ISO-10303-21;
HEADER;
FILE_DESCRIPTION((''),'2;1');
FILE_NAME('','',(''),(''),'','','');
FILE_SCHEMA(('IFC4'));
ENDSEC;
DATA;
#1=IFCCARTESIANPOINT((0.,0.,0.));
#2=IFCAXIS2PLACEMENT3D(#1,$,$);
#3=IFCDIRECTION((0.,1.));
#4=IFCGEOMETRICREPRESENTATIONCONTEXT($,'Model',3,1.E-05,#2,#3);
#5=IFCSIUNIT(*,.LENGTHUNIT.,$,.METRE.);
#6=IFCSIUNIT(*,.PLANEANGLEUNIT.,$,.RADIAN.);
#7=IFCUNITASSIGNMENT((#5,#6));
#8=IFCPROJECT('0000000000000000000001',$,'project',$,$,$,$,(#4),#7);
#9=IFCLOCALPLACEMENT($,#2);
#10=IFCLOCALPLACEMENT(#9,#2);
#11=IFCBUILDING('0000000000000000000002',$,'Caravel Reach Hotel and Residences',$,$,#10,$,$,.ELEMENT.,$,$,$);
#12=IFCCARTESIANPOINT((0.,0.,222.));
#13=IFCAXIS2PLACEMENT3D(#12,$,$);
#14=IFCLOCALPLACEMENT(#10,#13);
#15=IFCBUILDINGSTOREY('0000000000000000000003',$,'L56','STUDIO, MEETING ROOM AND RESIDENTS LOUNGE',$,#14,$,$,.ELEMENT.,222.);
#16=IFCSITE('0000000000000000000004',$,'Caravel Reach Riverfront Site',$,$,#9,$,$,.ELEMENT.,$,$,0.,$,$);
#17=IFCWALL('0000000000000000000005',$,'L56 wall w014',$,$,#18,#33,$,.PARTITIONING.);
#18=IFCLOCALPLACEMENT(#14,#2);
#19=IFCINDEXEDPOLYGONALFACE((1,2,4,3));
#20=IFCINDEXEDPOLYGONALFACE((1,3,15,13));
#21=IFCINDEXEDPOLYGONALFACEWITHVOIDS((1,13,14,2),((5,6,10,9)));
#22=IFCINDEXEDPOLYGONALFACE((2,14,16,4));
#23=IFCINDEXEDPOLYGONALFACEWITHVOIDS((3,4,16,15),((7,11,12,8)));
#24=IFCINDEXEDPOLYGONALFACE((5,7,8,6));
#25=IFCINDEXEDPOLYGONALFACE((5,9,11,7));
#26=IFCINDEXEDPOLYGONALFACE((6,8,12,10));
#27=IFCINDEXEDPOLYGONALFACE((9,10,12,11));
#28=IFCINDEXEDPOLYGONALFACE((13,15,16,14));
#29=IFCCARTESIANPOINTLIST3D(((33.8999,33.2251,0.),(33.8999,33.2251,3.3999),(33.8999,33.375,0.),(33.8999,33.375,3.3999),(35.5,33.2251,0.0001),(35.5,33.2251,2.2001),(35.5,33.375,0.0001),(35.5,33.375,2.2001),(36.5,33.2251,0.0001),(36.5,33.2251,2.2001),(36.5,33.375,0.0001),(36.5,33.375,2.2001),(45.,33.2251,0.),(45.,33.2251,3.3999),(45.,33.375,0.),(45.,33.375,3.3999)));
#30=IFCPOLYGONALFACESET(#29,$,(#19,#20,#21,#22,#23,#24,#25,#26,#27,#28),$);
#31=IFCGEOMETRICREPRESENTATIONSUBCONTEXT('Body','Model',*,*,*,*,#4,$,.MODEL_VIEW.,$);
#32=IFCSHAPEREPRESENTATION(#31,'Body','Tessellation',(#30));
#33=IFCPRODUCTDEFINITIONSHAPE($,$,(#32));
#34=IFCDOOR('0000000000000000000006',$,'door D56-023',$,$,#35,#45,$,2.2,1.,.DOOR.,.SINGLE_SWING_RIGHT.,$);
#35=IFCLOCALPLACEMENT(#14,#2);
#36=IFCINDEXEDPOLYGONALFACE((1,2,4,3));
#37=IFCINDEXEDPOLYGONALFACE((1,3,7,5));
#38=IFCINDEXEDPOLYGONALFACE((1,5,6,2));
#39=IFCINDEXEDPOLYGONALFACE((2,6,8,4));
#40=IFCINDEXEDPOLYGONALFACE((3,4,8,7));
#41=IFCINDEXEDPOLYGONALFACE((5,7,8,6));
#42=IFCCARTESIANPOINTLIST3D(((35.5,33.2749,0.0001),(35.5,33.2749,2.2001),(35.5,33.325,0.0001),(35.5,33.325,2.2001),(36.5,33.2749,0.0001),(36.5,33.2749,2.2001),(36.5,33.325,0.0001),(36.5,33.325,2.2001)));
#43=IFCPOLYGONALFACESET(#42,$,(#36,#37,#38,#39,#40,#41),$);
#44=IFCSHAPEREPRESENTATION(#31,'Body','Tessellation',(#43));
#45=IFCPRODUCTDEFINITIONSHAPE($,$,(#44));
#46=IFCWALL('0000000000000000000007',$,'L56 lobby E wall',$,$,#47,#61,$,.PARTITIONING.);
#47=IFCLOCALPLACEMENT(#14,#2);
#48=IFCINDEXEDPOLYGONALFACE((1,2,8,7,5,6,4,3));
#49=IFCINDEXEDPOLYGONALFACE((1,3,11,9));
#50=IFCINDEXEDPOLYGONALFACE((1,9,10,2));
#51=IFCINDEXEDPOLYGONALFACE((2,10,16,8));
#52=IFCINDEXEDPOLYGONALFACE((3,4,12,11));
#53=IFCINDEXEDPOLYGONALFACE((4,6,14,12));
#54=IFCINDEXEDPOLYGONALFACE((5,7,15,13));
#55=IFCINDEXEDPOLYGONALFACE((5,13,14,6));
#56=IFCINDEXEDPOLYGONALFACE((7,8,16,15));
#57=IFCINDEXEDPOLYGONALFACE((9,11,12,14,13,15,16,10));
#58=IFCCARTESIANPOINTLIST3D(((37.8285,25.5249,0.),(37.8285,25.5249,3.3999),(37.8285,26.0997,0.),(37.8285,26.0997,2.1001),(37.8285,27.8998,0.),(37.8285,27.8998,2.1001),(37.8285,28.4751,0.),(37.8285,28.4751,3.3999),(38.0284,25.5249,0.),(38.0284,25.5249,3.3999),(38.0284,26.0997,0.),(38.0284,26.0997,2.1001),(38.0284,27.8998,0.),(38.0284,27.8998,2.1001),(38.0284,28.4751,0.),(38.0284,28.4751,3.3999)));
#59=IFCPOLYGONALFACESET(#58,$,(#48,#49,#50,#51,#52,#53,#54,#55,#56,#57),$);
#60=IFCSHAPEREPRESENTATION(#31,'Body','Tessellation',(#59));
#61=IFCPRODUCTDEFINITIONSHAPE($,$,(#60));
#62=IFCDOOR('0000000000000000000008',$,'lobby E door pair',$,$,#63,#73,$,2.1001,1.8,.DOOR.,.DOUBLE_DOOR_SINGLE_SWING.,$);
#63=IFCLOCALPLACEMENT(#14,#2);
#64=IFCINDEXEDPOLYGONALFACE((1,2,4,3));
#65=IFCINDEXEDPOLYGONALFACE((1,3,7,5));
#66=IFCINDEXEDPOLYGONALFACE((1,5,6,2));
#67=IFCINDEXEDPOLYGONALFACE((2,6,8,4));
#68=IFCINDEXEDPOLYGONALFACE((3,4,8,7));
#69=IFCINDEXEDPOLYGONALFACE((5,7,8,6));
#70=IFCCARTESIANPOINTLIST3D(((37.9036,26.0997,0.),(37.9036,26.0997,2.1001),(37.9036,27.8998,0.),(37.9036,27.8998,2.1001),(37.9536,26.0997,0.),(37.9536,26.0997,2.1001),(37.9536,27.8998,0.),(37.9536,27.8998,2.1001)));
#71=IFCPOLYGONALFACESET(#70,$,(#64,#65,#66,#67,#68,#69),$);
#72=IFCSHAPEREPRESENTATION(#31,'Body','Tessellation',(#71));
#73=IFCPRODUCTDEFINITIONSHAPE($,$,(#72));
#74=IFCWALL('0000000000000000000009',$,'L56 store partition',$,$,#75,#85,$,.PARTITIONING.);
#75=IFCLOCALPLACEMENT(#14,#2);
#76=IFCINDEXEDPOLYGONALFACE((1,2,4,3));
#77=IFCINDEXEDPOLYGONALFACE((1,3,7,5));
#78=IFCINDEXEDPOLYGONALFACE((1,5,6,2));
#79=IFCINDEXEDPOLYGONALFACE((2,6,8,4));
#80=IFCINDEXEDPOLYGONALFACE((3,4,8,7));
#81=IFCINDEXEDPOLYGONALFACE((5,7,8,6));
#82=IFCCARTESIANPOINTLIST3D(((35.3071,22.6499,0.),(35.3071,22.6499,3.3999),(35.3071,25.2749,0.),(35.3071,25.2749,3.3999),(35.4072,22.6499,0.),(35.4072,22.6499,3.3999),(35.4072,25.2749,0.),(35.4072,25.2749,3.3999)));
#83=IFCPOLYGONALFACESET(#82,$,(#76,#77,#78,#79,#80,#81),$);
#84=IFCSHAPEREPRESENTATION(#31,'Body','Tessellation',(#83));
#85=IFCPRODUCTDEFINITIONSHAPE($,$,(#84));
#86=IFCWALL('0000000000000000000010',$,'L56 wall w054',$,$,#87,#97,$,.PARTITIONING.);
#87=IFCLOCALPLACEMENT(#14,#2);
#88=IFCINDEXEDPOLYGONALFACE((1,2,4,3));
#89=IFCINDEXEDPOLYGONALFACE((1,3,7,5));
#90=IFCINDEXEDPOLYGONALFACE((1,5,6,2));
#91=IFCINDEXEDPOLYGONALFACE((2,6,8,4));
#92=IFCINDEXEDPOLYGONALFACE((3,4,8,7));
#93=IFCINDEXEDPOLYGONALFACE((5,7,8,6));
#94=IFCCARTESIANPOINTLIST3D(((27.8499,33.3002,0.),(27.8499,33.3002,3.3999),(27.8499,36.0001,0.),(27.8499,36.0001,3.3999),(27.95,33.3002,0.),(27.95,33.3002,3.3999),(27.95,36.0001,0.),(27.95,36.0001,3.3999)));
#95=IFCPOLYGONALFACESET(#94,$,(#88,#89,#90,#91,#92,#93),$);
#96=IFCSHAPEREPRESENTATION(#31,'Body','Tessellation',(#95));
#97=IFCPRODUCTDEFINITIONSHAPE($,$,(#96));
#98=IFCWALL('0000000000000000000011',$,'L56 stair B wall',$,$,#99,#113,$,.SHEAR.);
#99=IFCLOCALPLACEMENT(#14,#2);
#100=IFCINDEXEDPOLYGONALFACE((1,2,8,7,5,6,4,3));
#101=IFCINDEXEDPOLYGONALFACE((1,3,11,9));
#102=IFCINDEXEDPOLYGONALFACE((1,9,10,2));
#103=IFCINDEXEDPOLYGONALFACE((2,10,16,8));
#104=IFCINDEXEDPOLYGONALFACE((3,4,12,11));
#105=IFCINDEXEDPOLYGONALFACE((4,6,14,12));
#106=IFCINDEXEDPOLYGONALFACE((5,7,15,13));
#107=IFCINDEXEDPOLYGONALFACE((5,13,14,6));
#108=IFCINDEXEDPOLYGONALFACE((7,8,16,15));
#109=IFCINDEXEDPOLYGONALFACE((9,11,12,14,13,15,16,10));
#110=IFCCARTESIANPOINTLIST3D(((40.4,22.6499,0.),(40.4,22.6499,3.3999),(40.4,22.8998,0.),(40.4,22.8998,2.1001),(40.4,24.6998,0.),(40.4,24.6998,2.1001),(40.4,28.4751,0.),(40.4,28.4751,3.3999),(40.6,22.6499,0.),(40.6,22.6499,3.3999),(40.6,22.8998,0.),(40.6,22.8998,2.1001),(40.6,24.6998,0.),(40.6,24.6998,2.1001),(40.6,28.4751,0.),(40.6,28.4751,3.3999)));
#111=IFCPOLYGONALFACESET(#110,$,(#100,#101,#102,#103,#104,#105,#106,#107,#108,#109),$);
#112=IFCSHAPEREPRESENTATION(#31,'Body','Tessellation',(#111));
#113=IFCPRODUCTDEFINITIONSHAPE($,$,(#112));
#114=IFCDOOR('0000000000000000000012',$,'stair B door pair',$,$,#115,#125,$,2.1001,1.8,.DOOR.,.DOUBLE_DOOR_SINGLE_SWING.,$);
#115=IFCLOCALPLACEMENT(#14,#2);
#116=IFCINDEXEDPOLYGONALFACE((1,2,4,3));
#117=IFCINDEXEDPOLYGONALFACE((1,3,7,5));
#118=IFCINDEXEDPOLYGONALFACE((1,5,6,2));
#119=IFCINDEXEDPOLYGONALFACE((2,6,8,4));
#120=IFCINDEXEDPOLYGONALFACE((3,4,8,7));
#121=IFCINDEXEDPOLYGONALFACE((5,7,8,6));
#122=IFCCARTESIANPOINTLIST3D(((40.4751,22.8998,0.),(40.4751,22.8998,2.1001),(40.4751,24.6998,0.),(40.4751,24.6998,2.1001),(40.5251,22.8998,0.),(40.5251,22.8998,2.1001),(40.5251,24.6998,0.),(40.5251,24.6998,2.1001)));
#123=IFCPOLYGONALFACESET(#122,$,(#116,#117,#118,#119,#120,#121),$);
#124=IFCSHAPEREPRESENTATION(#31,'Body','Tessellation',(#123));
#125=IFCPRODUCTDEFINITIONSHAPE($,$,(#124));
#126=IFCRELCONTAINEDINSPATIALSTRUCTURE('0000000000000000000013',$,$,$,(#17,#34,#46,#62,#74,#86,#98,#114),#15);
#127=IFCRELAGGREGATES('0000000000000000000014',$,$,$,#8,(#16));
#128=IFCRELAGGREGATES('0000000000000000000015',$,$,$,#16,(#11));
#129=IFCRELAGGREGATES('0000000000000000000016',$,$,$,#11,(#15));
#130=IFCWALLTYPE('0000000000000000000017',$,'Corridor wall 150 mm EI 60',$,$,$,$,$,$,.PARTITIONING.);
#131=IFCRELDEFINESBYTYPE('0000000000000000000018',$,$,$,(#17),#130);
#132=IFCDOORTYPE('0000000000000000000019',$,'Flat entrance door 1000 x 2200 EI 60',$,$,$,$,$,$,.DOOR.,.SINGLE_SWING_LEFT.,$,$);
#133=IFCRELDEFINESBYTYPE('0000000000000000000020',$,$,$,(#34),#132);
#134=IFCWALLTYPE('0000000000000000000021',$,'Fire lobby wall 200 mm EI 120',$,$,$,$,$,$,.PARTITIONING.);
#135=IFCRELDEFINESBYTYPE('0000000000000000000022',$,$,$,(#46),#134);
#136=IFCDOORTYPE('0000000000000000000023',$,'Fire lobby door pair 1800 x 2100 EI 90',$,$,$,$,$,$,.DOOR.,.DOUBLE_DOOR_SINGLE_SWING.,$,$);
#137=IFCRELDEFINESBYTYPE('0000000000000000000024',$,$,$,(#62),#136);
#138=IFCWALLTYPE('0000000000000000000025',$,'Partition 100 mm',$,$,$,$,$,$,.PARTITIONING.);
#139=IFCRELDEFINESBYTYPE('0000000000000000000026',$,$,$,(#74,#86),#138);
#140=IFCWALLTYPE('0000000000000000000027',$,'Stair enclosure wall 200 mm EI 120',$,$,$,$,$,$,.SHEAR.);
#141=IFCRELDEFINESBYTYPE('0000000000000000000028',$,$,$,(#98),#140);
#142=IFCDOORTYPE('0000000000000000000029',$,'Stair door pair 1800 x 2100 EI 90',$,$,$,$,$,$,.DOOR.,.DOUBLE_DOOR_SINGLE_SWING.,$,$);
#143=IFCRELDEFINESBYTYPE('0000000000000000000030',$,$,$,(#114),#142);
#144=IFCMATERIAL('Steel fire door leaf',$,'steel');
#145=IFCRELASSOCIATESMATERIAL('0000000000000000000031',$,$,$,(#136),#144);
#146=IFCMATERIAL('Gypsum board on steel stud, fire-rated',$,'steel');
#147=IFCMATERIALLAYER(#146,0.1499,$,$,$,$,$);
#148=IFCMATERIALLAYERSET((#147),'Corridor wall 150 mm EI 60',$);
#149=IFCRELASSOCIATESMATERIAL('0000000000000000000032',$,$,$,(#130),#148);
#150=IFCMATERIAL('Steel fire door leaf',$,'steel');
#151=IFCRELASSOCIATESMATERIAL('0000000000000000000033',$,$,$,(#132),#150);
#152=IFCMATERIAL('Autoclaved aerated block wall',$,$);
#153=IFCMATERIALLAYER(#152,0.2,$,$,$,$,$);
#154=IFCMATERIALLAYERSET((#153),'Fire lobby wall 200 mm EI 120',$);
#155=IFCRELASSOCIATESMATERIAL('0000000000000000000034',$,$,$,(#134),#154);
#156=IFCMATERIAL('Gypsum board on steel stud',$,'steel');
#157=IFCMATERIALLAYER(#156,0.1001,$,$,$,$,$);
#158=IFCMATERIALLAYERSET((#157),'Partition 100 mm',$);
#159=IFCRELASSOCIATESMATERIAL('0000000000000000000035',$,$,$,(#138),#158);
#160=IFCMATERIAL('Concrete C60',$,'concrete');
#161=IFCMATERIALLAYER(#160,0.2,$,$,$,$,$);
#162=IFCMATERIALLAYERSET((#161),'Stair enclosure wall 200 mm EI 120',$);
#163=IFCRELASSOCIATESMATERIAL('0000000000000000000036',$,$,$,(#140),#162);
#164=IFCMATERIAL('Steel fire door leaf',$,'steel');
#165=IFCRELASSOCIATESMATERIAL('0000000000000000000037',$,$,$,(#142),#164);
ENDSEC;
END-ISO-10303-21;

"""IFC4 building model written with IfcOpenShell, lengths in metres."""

from ifc_helpers import new_model, si_unit, direction, frame, frame_2d, origin, place, context, subcontext, project, spatial, rectangle, extrude, material, layer, layer_set, type_object, element, fill, save


model = new_model("IFC4")

# Units and contexts
model_context = context("Model", 3, precision=1e-05, world=origin(), true_north=direction((0.0, 1.0)))
body_context = subcontext(model_context, "Body", "Model", "MODEL_VIEW")
ifc_project = project(units=[si_unit("LENGTHUNIT", "METRE"), si_unit("PLANEANGLEUNIT", "RADIAN")], contexts=[model_context])

# Site, building, storey
site_placement = place(None, origin())
site = spatial("IfcSite", under=ifc_project, at=site_placement, Name="Caravel Reach Riverfront Site", CompositionType="ELEMENT", RefElevation=0.0)
building_placement = place(site_placement, origin())
building = spatial("IfcBuilding", under=site, at=building_placement, Name="Caravel Reach Hotel and Residences", CompositionType="ELEMENT")
storey_placement = place(building_placement, frame((0.0, 0.0, 222.0)))
storey = spatial("IfcBuildingStorey", under=building, at=storey_placement, Name="L56", Description="STUDIO, MEETING ROOM AND RESIDENTS LOUNGE", CompositionType="ELEMENT", Elevation=222.0)

# Shared definitions
ifc_material_1 = material(Name="Steel fire door leaf", Category="steel")
door_type_1 = type_object("IfcDoorType", Name="Fire lobby door pair 1800 x 2100 EI 90", OperationType="DOUBLE_DOOR_SINGLE_SWING", PredefinedType="DOOR", material=ifc_material_1)

# Shared definitions
ifc_material_2 = material(Name="Gypsum board on steel stud, fire-rated", Category="steel")
ifc_layer_1 = layer(ifc_material_2, 0.1499)
ifc_layer_set_1 = layer_set([ifc_layer_1], Name="Corridor wall 150 mm EI 60")
wall_type_1 = type_object("IfcWallType", Name="Corridor wall 150 mm EI 60", PredefinedType="PARTITIONING", material=ifc_layer_set_1)

# Walls, openings, doors
wall_1_placement = place(storey_placement, frame((33.8999, 33.3, 0.0), z_axis=(0.0, 0.0, 1.0), x_axis=(1.0, 0.0, 0.0)))
wall_1 = element("IfcWall", 1, at=wall_1_placement, inside=storey, type_object=wall_type_1, Name="L56 wall w014", PredefinedType="PARTITIONING", context=body_context, shape_type="SweptSolid", body=[
    extrude(rectangle(XDim=11.1001, YDim=0.1499, at=frame_2d((5.55, 0.0))), origin(), (0.0, 0.0, 1.0), 3.3999),
])
opening_1_placement = place(wall_1_placement, frame((1.6001, 0.0, 0.0)))
opening_1 = element("IfcOpeningElement", 2, at=opening_1_placement, cuts=wall_1, PredefinedType="OPENING", context=body_context, shape_type="SweptSolid", body=[
    extrude(rectangle(XDim=1.0, YDim=2.2, at=frame_2d((0.5, 1.1001))), frame((0.0, 0.085, 0.0), z_axis=(0.0, -1.0, 0.0), x_axis=(1.0, 0.0, 0.0)), (0.0, 0.0, 1.0), 0.1699),
])
ifc_material_3 = material(Name="Steel fire door leaf", Category="steel")
door_type_2 = type_object("IfcDoorType", Name="Flat entrance door 1000 x 2200 EI 60", OperationType="SINGLE_SWING_LEFT", PredefinedType="DOOR", material=ifc_material_3)
door_1_placement = place(opening_1_placement, origin())
door_1 = element("IfcDoor", 3, at=door_1_placement, inside=storey, type_object=door_type_2, Name="door D56-023", OperationType="SINGLE_SWING_RIGHT", OverallHeight=2.2, OverallWidth=1.0, PredefinedType="DOOR", context=body_context, shape_type="SweptSolid", body=[
    extrude(rectangle(XDim=1.0, YDim=2.2, at=frame_2d((0.5, 1.1001))), frame((0.0, 0.0249, 0.0), z_axis=(0.0, -1.0, 0.0), x_axis=(1.0, 0.0, 0.0)), (0.0, 0.0, 1.0), 0.05),
])
fill(opening_1, door_1)
ifc_material_4 = material(Name="Autoclaved aerated block wall")
ifc_layer_2 = layer(ifc_material_4, 0.2)
ifc_layer_set_2 = layer_set([ifc_layer_2], Name="Fire lobby wall 200 mm EI 120")
wall_type_2 = type_object("IfcWallType", Name="Fire lobby wall 200 mm EI 120", PredefinedType="PARTITIONING", material=ifc_layer_set_2)
wall_2_placement = place(storey_placement, frame((37.9285, 25.5249, 0.0), z_axis=(0.0, 0.0, 1.0), x_axis=(0.0, 1.0, 0.0)))
wall_2 = element("IfcWall", 4, at=wall_2_placement, inside=storey, type_object=wall_type_2, Name="L56 lobby E wall", PredefinedType="PARTITIONING", context=body_context, shape_type="SweptSolid", body=[
    extrude(rectangle(XDim=2.9502, YDim=0.2, at=frame_2d((1.4751, 0.0))), origin(), (0.0, 0.0, 1.0), 3.3999),
])
opening_2_placement = place(wall_2_placement, frame((0.575, 0.0, 0.0)))
opening_2 = element("IfcOpeningElement", 5, at=opening_2_placement, cuts=wall_2, PredefinedType="OPENING", context=body_context, shape_type="SweptSolid", body=[
    extrude(rectangle(XDim=1.8, YDim=2.1001, at=frame_2d((0.8999, 1.05))), frame((0.0, 0.1099, 0.0), z_axis=(0.0, -1.0, 0.0), x_axis=(1.0, 0.0, 0.0)), (0.0, 0.0, 1.0), 0.22),
])
door_2_placement = place(opening_2_placement, origin())
door_2 = element("IfcDoor", 6, at=door_2_placement, inside=storey, type_object=door_type_1, Name="lobby E door pair", OperationType="DOUBLE_DOOR_SINGLE_SWING", OverallHeight=2.1001, OverallWidth=1.8, PredefinedType="DOOR", context=body_context, shape_type="SweptSolid", body=[
    extrude(rectangle(XDim=1.8, YDim=2.1001, at=frame_2d((0.8999, 1.05))), frame((0.0, 0.0249, 0.0), z_axis=(0.0, -1.0, 0.0), x_axis=(1.0, 0.0, 0.0)), (0.0, 0.0, 1.0), 0.05),
])
fill(opening_2, door_2)

# Walls
ifc_material_5 = material(Name="Gypsum board on steel stud", Category="steel")
ifc_layer_3 = layer(ifc_material_5, 0.1001)
ifc_layer_set_3 = layer_set([ifc_layer_3], Name="Partition 100 mm")
wall_type_3 = type_object("IfcWallType", Name="Partition 100 mm", PredefinedType="PARTITIONING", material=ifc_layer_set_3)
wall_3_placement = place(storey_placement, frame((35.3572, 22.6499, 0.0), z_axis=(0.0, 0.0, 1.0), x_axis=(0.0, 1.0, 0.0)))
element("IfcWall", 7, at=wall_3_placement, inside=storey, type_object=wall_type_3, Name="L56 store partition", PredefinedType="PARTITIONING", context=body_context, shape_type="SweptSolid", body=[
    extrude(rectangle(XDim=2.625, YDim=0.1001, at=frame_2d((1.3125, 0.0))), origin(), (0.0, 0.0, 1.0), 3.3999),
])
wall_4_placement = place(storey_placement, frame((27.8999, 33.3, 0.0), z_axis=(0.0, 0.0, 1.0), x_axis=(0.0, 1.0, 0.0)))
element("IfcWall", 8, at=wall_4_placement, inside=storey, type_object=wall_type_3, Name="L56 wall w054", PredefinedType="PARTITIONING", context=body_context, shape_type="SweptSolid", body=[
    extrude(rectangle(XDim=2.7, YDim=0.1001, at=frame_2d((1.3501, 0.0))), origin(), (0.0, 0.0, 1.0), 3.3999),
])

# Wall, opening, door
ifc_material_6 = material(Name="Concrete C60", Category="concrete")
ifc_layer_4 = layer(ifc_material_6, 0.2)
ifc_layer_set_4 = layer_set([ifc_layer_4], Name="Stair enclosure wall 200 mm EI 120")
wall_type_4 = type_object("IfcWallType", Name="Stair enclosure wall 200 mm EI 120", PredefinedType="SHEAR", material=ifc_layer_set_4)
wall_5_placement = place(storey_placement, frame((40.5, 22.6499, 0.0), z_axis=(0.0, 0.0, 1.0), x_axis=(0.0, 1.0, 0.0)))
wall_5 = element("IfcWall", 9, at=wall_5_placement, inside=storey, type_object=wall_type_4, Name="L56 stair B wall", PredefinedType="SHEAR", context=body_context, shape_type="SweptSolid", body=[
    extrude(rectangle(XDim=5.8252, YDim=0.2, at=frame_2d((2.9126, 0.0))), origin(), (0.0, 0.0, 1.0), 3.3999),
])
opening_3_placement = place(wall_5_placement, frame((0.25, 0.0, 0.0)))
opening_3 = element("IfcOpeningElement", 10, at=opening_3_placement, cuts=wall_5, PredefinedType="OPENING", context=body_context, shape_type="SweptSolid", body=[
    extrude(rectangle(XDim=1.8, YDim=2.1001, at=frame_2d((0.8999, 1.05))), frame((0.0, 0.1099, 0.0), z_axis=(0.0, -1.0, 0.0), x_axis=(1.0, 0.0, 0.0)), (0.0, 0.0, 1.0), 0.22),
])
ifc_material_7 = material(Name="Steel fire door leaf", Category="steel")
door_type_3 = type_object("IfcDoorType", Name="Stair door pair 1800 x 2100 EI 90", OperationType="DOUBLE_DOOR_SINGLE_SWING", PredefinedType="DOOR", material=ifc_material_7)
door_3_placement = place(opening_3_placement, origin())
door_3 = element("IfcDoor", 11, at=door_3_placement, inside=storey, type_object=door_type_3, Name="stair B door pair", OperationType="DOUBLE_DOOR_SINGLE_SWING", OverallHeight=2.1001, OverallWidth=1.8, PredefinedType="DOOR", context=body_context, shape_type="SweptSolid", body=[
    extrude(rectangle(XDim=1.8, YDim=2.1001, at=frame_2d((0.8999, 1.05))), frame((0.0, 0.0249, 0.0), z_axis=(0.0, -1.0, 0.0), x_axis=(1.0, 0.0, 0.0)), (0.0, 0.0, 1.0), 0.05),
])
fill(opening_3, door_3)

save(model, "model.ifc")
